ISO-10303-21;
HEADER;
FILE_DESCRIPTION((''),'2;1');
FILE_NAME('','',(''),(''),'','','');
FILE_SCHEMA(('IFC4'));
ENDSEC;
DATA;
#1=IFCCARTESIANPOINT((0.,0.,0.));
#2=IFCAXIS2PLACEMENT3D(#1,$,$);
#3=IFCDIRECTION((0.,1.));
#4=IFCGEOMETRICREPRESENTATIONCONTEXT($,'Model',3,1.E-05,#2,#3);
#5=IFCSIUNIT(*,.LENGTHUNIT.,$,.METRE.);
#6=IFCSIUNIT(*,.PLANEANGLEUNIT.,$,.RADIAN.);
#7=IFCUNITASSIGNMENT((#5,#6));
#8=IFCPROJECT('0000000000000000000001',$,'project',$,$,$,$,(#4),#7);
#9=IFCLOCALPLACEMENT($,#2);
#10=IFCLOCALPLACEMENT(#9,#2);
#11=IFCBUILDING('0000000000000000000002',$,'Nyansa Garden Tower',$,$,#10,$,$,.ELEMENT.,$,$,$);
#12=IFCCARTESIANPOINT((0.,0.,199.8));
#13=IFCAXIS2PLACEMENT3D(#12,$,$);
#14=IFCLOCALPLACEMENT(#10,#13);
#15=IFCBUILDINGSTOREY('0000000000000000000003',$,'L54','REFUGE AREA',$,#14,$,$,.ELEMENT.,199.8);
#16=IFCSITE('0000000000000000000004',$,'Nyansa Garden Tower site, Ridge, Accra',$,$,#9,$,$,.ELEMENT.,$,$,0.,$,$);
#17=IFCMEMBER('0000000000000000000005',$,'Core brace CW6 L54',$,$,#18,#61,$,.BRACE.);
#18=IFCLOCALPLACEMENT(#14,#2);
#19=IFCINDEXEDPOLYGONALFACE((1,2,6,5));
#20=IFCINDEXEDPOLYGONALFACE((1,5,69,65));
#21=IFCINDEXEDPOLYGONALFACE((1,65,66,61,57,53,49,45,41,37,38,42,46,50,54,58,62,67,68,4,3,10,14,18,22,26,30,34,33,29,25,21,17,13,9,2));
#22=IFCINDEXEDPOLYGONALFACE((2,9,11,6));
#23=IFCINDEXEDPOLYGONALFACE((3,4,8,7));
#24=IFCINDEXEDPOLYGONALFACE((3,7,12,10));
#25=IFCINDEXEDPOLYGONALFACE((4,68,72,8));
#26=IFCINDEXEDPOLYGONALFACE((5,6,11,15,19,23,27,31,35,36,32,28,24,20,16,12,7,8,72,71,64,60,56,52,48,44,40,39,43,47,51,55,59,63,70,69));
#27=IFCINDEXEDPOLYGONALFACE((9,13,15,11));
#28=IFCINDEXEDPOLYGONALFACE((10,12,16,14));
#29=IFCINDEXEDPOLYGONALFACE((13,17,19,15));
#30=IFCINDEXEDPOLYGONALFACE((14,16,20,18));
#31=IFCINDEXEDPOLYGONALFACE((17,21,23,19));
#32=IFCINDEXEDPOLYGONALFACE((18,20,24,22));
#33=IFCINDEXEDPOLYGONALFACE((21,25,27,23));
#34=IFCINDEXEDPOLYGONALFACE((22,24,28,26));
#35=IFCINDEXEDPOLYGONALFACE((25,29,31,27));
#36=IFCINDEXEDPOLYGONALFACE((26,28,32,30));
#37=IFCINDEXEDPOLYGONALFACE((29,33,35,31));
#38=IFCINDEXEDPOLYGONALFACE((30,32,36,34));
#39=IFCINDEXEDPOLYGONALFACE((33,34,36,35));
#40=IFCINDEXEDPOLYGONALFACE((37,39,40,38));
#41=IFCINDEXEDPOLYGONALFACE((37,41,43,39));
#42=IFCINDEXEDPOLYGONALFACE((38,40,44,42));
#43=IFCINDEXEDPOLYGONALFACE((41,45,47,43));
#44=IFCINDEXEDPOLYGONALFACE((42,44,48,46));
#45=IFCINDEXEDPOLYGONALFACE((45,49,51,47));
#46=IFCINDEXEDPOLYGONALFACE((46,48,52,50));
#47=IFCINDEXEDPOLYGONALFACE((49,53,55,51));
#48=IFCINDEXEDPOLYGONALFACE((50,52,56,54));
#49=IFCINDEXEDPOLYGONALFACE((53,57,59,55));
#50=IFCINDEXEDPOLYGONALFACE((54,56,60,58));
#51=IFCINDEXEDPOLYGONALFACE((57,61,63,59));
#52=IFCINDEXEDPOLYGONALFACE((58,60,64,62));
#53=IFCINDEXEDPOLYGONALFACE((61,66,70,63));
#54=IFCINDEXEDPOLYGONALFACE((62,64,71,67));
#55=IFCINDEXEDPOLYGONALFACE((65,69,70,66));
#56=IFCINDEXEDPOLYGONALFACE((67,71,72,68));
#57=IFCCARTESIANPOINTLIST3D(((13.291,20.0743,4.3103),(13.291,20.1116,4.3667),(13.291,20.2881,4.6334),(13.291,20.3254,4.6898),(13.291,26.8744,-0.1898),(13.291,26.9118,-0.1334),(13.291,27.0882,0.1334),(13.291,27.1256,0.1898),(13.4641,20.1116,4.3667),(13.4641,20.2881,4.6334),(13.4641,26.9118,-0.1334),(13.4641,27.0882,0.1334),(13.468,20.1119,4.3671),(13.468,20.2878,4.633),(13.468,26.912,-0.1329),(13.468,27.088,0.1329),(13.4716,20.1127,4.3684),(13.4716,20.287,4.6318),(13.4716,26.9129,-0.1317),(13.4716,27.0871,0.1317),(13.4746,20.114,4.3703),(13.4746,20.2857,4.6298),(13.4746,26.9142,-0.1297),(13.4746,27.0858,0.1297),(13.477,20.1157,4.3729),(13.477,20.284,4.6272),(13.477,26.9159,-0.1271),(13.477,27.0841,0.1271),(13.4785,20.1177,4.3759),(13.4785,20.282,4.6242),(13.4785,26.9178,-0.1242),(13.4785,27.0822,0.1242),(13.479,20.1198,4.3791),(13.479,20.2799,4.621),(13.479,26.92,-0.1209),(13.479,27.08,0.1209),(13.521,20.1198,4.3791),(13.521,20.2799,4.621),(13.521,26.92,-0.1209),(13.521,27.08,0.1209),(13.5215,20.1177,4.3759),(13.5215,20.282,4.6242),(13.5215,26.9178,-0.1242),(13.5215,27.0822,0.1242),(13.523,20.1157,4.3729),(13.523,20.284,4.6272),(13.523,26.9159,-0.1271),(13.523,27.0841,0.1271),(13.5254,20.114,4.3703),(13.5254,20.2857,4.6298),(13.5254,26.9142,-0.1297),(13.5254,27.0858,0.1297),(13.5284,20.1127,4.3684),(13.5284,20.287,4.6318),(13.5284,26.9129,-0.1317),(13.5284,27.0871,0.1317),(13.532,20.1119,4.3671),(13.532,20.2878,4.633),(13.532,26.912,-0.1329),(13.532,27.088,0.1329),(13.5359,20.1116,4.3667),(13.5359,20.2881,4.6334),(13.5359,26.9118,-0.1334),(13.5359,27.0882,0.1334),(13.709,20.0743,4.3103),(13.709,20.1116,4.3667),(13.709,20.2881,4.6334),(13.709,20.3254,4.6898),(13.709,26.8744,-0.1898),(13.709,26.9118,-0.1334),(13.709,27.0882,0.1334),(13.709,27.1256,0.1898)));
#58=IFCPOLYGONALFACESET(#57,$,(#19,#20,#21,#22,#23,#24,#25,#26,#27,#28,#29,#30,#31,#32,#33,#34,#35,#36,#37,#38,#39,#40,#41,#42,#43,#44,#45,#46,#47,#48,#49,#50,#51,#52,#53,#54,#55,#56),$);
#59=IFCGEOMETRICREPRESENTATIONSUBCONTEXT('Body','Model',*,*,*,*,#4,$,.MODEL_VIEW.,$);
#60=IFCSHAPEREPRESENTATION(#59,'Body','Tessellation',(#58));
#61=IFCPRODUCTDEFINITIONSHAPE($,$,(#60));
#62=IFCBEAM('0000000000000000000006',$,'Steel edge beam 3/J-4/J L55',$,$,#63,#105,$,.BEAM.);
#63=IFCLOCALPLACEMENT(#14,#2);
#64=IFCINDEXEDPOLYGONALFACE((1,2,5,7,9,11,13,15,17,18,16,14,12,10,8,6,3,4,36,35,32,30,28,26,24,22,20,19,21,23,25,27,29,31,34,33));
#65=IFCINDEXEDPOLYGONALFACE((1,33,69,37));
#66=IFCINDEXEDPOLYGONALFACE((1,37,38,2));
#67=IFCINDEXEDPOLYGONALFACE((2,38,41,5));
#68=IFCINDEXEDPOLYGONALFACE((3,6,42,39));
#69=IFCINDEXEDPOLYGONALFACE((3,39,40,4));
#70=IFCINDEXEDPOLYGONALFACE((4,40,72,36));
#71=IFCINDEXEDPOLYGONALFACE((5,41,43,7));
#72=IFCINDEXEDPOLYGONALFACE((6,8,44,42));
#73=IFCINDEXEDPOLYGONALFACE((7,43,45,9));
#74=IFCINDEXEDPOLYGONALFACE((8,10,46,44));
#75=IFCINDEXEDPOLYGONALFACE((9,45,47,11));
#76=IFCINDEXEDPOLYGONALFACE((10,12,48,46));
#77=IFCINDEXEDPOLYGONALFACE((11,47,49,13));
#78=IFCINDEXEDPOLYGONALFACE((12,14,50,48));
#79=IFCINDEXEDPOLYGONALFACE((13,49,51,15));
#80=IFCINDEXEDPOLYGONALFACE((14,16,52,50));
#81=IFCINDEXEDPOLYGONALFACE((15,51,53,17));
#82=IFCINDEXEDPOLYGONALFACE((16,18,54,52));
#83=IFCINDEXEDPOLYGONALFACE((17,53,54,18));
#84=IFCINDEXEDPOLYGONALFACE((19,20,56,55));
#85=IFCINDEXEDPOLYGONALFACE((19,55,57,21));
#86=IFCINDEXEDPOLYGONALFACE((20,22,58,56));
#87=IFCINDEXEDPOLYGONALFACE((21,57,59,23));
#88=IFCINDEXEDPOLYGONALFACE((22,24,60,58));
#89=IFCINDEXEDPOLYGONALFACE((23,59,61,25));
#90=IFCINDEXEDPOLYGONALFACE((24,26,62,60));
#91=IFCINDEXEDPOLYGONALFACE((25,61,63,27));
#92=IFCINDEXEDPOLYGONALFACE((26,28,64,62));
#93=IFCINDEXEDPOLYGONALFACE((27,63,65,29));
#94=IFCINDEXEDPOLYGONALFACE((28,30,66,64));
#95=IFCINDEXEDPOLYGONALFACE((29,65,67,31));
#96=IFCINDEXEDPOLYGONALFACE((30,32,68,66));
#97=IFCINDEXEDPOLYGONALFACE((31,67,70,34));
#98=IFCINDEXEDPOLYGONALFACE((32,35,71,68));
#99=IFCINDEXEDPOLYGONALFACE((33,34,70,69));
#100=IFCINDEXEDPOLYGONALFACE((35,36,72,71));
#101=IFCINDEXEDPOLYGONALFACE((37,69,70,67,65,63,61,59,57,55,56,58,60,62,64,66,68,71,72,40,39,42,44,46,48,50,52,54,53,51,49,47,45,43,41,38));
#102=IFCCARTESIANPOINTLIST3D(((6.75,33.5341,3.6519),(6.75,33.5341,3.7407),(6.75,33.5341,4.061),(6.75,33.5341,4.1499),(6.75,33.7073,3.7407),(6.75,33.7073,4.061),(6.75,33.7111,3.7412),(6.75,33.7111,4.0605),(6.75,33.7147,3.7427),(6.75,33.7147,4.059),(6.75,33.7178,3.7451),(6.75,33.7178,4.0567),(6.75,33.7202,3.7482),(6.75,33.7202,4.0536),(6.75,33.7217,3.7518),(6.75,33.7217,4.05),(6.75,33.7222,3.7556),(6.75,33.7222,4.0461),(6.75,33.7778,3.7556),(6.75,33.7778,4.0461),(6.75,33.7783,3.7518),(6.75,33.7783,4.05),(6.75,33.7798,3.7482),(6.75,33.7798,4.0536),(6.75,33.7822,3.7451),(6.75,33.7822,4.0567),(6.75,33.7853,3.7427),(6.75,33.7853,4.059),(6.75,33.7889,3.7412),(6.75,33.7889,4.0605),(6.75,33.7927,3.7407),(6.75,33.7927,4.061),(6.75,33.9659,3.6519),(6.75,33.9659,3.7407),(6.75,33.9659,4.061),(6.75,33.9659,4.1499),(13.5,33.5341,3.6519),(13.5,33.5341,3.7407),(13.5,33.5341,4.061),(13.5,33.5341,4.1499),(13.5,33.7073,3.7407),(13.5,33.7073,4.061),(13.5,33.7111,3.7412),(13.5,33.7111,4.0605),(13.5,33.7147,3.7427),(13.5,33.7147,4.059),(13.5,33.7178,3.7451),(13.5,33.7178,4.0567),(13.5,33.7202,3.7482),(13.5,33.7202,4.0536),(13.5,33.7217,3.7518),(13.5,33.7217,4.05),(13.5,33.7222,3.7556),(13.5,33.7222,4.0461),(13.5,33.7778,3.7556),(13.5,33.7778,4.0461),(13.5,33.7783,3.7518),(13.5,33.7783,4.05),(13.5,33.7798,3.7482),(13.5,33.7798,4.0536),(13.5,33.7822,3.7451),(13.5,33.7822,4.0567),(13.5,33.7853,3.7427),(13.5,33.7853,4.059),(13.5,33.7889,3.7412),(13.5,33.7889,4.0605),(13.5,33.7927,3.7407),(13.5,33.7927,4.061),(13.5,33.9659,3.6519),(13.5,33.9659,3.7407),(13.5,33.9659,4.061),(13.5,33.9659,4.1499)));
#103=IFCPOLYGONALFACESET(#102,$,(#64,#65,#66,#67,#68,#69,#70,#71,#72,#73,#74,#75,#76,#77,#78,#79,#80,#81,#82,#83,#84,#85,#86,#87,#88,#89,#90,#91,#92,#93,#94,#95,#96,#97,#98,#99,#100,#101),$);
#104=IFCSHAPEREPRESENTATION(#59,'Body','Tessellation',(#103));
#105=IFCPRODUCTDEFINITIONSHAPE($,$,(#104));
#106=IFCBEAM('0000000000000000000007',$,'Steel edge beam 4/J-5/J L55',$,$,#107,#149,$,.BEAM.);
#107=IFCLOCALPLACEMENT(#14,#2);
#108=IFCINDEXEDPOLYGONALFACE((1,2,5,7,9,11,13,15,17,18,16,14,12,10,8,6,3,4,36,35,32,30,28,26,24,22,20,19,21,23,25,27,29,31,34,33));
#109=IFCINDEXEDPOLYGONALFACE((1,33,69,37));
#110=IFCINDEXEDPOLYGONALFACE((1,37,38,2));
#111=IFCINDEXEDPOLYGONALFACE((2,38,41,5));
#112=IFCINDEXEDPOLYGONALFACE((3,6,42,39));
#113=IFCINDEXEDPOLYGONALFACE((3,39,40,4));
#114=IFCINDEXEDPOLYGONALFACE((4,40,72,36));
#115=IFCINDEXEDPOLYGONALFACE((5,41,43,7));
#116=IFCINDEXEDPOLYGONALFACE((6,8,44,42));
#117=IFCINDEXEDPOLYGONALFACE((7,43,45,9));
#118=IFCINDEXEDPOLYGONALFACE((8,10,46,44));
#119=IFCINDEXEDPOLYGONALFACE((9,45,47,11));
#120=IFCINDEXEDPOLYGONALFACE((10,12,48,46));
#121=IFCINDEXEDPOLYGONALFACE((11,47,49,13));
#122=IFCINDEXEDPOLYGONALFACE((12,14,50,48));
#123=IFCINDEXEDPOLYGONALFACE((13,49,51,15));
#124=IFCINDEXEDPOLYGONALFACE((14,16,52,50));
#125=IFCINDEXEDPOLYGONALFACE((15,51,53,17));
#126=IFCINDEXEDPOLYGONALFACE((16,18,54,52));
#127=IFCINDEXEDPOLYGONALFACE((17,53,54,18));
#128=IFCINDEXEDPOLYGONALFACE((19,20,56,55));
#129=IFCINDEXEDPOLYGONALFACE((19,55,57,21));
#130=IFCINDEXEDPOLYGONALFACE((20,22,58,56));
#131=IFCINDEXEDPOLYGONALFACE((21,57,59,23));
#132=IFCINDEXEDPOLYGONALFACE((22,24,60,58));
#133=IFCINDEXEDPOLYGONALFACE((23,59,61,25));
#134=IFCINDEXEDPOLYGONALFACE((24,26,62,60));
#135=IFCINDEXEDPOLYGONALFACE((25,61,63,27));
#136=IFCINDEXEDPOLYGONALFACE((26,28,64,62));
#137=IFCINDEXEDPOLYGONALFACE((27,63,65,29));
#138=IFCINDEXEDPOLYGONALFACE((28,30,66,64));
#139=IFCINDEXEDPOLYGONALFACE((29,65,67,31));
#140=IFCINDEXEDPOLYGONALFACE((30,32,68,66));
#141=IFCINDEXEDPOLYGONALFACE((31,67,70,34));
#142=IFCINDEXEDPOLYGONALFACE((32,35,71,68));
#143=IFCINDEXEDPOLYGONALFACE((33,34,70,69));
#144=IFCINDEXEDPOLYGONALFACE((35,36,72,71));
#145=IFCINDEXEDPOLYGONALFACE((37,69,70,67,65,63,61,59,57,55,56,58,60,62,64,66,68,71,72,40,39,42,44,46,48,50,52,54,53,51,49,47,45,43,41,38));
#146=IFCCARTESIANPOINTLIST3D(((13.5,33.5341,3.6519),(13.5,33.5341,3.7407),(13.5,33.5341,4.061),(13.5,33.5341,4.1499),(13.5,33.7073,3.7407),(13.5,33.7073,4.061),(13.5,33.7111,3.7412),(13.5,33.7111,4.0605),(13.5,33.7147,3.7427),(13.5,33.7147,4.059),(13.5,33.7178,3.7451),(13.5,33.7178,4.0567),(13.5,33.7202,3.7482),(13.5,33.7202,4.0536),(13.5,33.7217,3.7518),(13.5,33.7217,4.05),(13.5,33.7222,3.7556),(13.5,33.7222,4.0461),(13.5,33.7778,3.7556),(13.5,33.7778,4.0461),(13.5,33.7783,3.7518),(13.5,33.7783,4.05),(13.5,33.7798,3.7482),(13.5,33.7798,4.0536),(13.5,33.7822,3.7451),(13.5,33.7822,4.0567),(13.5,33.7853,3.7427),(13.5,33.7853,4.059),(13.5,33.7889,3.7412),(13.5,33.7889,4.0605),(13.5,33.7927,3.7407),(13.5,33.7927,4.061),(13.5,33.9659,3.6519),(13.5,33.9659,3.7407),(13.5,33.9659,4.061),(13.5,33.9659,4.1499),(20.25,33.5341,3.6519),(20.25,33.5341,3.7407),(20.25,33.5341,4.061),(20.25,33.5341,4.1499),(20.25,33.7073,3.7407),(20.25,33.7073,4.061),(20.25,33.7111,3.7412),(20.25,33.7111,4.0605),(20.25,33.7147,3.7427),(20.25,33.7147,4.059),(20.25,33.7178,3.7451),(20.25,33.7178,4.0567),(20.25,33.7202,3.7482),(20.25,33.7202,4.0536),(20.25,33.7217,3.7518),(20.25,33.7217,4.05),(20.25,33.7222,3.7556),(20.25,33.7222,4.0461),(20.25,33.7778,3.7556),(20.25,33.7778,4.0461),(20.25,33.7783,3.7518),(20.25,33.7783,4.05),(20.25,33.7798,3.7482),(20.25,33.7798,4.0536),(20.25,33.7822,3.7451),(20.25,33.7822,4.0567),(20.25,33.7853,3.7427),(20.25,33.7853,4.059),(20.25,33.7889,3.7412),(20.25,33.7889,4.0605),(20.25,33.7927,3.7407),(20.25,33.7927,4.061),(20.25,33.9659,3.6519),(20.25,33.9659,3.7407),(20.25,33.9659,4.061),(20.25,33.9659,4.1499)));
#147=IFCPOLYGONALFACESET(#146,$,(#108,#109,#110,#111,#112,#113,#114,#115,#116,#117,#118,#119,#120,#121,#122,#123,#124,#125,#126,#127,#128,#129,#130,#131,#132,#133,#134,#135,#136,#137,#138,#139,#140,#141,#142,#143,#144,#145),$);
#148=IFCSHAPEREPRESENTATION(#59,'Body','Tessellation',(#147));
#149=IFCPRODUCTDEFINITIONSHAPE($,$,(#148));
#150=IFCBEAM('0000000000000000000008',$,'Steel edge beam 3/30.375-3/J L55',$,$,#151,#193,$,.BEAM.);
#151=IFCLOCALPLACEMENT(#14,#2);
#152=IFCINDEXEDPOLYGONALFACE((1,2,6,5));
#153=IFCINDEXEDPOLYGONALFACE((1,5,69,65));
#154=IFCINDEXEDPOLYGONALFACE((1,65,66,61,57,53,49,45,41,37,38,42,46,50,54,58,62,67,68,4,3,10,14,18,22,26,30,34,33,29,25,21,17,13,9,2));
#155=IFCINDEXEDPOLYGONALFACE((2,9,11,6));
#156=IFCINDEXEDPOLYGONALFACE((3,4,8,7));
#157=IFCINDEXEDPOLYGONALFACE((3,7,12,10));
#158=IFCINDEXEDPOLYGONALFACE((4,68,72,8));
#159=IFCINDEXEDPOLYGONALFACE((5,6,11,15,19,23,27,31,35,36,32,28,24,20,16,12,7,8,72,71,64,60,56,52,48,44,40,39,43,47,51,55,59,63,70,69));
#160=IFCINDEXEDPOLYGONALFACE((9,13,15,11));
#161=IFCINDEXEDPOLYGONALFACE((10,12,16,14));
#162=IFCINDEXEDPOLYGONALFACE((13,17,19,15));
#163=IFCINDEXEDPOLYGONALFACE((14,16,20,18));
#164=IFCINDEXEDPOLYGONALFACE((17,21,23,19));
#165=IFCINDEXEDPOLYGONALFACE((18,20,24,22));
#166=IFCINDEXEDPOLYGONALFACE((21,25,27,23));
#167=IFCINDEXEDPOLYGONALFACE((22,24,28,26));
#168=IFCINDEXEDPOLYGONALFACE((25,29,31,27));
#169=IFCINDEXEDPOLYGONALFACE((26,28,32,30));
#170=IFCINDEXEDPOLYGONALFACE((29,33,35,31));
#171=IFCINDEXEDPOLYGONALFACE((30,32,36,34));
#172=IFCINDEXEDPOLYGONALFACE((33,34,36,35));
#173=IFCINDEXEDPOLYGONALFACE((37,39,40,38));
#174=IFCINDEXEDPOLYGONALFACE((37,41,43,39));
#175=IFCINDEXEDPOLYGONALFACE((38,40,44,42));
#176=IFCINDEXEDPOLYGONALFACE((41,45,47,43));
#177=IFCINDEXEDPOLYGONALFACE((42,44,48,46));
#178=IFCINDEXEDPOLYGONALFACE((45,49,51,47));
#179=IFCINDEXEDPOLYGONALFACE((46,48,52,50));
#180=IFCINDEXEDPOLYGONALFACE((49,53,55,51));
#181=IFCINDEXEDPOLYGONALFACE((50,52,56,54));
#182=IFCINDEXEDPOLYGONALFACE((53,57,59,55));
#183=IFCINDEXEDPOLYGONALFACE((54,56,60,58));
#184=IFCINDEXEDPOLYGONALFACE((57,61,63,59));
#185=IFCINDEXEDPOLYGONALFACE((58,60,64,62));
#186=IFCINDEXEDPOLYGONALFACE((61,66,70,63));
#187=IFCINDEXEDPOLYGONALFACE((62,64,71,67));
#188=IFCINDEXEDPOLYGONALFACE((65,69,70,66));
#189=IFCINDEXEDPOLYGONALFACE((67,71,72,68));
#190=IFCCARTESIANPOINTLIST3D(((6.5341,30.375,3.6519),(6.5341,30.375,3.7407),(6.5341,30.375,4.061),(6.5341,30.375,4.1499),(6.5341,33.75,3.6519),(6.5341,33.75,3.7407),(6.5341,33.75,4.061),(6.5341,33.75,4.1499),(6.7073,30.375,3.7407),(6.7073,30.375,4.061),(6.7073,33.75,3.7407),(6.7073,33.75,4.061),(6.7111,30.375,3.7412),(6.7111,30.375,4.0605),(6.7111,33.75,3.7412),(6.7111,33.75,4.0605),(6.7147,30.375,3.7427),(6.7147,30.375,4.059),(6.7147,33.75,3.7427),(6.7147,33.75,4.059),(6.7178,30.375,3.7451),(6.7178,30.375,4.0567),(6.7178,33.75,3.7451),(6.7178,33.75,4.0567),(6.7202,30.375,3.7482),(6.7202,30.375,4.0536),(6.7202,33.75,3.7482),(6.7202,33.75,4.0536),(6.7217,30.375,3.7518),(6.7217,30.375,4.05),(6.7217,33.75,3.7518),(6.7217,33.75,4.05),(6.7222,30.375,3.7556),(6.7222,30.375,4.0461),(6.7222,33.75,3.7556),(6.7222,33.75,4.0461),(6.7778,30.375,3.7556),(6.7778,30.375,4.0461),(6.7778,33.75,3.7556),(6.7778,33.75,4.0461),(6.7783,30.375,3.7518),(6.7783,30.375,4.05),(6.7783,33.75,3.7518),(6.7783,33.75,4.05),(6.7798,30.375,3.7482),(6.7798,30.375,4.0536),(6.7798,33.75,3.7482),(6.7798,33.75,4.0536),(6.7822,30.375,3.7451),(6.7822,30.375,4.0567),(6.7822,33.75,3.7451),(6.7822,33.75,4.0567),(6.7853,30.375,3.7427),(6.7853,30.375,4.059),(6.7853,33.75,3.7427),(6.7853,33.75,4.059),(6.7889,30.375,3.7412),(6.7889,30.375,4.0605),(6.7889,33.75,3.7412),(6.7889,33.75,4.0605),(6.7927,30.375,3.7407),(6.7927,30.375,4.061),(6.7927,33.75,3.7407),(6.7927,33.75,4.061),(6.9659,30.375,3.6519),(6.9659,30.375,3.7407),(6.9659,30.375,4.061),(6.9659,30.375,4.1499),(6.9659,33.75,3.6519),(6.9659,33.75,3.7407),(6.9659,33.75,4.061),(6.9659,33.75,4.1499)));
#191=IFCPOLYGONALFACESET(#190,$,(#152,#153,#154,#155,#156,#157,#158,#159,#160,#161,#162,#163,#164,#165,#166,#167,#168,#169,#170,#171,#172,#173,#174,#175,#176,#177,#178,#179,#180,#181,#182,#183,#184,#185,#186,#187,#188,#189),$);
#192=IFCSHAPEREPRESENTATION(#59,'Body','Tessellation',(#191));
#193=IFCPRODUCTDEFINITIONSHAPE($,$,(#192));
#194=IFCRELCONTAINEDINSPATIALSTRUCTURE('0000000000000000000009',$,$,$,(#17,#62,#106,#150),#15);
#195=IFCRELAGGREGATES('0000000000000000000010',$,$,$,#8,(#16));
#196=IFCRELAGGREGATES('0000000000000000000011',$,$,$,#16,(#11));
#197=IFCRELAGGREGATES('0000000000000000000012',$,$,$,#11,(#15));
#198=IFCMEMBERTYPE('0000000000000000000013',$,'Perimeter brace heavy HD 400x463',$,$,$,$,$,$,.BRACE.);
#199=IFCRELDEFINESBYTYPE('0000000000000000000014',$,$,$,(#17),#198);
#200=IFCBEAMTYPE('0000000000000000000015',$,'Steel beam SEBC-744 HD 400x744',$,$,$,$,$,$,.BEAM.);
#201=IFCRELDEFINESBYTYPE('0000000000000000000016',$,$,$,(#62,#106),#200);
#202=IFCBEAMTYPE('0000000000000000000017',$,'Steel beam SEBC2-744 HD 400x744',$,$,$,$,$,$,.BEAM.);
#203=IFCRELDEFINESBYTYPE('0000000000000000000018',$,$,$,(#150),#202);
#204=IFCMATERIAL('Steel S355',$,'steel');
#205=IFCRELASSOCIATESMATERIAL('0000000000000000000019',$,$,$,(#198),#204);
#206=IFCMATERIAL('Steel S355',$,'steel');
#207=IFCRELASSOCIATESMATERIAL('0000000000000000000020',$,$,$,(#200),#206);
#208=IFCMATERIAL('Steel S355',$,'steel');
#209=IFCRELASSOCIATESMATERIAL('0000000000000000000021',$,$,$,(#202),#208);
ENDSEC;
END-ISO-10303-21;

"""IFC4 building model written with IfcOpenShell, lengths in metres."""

from ifc_helpers import new_model, si_unit, direction, frame, origin, origin_2d, place, context, subcontext, project, spatial, i_section, extrude, material, material_profile, profile_set, type_object, element, save


model = new_model("IFC4")

# Units and contexts
model_context = context("Model", 3, precision=1e-05, world=origin(), true_north=direction((0.0, 1.0)))
body_context = subcontext(model_context, "Body", "Model", "MODEL_VIEW")
ifc_project = project(units=[si_unit("LENGTHUNIT", "METRE"), si_unit("PLANEANGLEUNIT", "RADIAN")], contexts=[model_context])

# Site, building, storey
site_placement = place(None, origin())
site = spatial("IfcSite", under=ifc_project, at=site_placement, Name="Nyansa Garden Tower site, Ridge, Accra", CompositionType="ELEMENT", RefElevation=0.0)
building_placement = place(site_placement, origin())
building = spatial("IfcBuilding", under=site, at=building_placement, Name="Nyansa Garden Tower", CompositionType="ELEMENT")
storey_placement = place(building_placement, frame((0.0, 0.0, 199.8)))
storey = spatial("IfcBuildingStorey", under=building, at=storey_placement, Name="L54", Description="REFUGE AREA", CompositionType="ELEMENT", Elevation=199.8)

# Member
ifc_material_1 = material(Name="Steel S355", Category="steel")
ifc_material_profile_1 = material_profile(ifc_material_1, i_section(OverallWidth=0.418, OverallDepth=0.4551, WebThickness=0.042, FlangeThickness=0.0676, FilletRadius=0.0149, at=origin_2d()), Name="HD 400x463")
ifc_profile_set_1 = profile_set([ifc_material_profile_1], Name="Steel S355")
member_type_1 = type_object("IfcMemberType", Name="Perimeter brace heavy HD 400x463", PredefinedType="BRACE", material=ifc_profile_set_1)
member_1_placement = place(storey_placement, frame((13.5, 27.0, 0.0), z_axis=(0.0, -0.833934, 0.551864), x_axis=(1.0, 0.0, 0.0)))
element("IfcMember", 1, at=member_1_placement, inside=storey, type_object=member_type_1, Name="Core brace CW6 L54", PredefinedType="BRACE", context=body_context, shape_type="SweptSolid", body=[
    extrude(i_section(OverallWidth=0.418, OverallDepth=0.4551, WebThickness=0.042, FlangeThickness=0.0676, FilletRadius=0.0149, at=origin_2d()), origin(), (0.0, 0.0, 1.0), 8.1543),
])

# Beams
ifc_material_2 = material(Name="Steel S355", Category="steel")
ifc_material_profile_2 = material_profile(ifc_material_2, i_section(OverallWidth=0.4319, OverallDepth=0.498, WebThickness=0.0557, FlangeThickness=0.0889, FilletRadius=0.0149, at=origin_2d()), Name="HD 400x744")
ifc_profile_set_2 = profile_set([ifc_material_profile_2], Name="Steel S355")
beam_type_1 = type_object("IfcBeamType", Name="Steel beam SEBC-744 HD 400x744", PredefinedType="BEAM", material=ifc_profile_set_2)
for number, where, z_axis, x_axis, name in (
    (2, (6.75, 33.75, 3.9009), (1.0, 0.0, 0.0), (0.0, 1.0, 0.0), "Steel edge beam 3/J-4/J L55"),
    (3, (13.5, 33.75, 3.9009), (1.0, 0.0, 0.0), (0.0, 1.0, 0.0), "Steel edge beam 4/J-5/J L55"),
):
    element("IfcBeam", number, at=place(storey_placement, frame(where, z_axis=z_axis, x_axis=x_axis)), inside=storey, type_object=beam_type_1, Name=name, PredefinedType="BEAM", context=body_context, shape_type="SweptSolid", body=[
        extrude(i_section(OverallWidth=0.4319, OverallDepth=0.498, WebThickness=0.0557, FlangeThickness=0.0889, FilletRadius=0.0149, at=origin_2d()), origin(), (0.0, 0.0, 1.0), 6.75),
    ])
ifc_material_3 = material(Name="Steel S355", Category="steel")
ifc_material_profile_3 = material_profile(ifc_material_3, i_section(OverallWidth=0.4319, OverallDepth=0.498, WebThickness=0.0557, FlangeThickness=0.0889, FilletRadius=0.0149, at=origin_2d()), Name="HD 400x744")
ifc_profile_set_3 = profile_set([ifc_material_profile_3], Name="Steel S355")
beam_type_2 = type_object("IfcBeamType", Name="Steel beam SEBC2-744 HD 400x744", PredefinedType="BEAM", material=ifc_profile_set_3)
beam_1_placement = place(storey_placement, frame((6.75, 30.375, 3.9009), z_axis=(0.0, 1.0, 0.0), x_axis=(-1.0, 0.0, 0.0)))
element("IfcBeam", 4, at=beam_1_placement, inside=storey, type_object=beam_type_2, Name="Steel edge beam 3/30.375-3/J L55", PredefinedType="BEAM", context=body_context, shape_type="SweptSolid", body=[
    extrude(i_section(OverallWidth=0.4319, OverallDepth=0.498, WebThickness=0.0557, FlangeThickness=0.0889, FilletRadius=0.0149, at=origin_2d()), origin(), (0.0, 0.0, 1.0), 3.375),
])

save(model, "model.ifc")
